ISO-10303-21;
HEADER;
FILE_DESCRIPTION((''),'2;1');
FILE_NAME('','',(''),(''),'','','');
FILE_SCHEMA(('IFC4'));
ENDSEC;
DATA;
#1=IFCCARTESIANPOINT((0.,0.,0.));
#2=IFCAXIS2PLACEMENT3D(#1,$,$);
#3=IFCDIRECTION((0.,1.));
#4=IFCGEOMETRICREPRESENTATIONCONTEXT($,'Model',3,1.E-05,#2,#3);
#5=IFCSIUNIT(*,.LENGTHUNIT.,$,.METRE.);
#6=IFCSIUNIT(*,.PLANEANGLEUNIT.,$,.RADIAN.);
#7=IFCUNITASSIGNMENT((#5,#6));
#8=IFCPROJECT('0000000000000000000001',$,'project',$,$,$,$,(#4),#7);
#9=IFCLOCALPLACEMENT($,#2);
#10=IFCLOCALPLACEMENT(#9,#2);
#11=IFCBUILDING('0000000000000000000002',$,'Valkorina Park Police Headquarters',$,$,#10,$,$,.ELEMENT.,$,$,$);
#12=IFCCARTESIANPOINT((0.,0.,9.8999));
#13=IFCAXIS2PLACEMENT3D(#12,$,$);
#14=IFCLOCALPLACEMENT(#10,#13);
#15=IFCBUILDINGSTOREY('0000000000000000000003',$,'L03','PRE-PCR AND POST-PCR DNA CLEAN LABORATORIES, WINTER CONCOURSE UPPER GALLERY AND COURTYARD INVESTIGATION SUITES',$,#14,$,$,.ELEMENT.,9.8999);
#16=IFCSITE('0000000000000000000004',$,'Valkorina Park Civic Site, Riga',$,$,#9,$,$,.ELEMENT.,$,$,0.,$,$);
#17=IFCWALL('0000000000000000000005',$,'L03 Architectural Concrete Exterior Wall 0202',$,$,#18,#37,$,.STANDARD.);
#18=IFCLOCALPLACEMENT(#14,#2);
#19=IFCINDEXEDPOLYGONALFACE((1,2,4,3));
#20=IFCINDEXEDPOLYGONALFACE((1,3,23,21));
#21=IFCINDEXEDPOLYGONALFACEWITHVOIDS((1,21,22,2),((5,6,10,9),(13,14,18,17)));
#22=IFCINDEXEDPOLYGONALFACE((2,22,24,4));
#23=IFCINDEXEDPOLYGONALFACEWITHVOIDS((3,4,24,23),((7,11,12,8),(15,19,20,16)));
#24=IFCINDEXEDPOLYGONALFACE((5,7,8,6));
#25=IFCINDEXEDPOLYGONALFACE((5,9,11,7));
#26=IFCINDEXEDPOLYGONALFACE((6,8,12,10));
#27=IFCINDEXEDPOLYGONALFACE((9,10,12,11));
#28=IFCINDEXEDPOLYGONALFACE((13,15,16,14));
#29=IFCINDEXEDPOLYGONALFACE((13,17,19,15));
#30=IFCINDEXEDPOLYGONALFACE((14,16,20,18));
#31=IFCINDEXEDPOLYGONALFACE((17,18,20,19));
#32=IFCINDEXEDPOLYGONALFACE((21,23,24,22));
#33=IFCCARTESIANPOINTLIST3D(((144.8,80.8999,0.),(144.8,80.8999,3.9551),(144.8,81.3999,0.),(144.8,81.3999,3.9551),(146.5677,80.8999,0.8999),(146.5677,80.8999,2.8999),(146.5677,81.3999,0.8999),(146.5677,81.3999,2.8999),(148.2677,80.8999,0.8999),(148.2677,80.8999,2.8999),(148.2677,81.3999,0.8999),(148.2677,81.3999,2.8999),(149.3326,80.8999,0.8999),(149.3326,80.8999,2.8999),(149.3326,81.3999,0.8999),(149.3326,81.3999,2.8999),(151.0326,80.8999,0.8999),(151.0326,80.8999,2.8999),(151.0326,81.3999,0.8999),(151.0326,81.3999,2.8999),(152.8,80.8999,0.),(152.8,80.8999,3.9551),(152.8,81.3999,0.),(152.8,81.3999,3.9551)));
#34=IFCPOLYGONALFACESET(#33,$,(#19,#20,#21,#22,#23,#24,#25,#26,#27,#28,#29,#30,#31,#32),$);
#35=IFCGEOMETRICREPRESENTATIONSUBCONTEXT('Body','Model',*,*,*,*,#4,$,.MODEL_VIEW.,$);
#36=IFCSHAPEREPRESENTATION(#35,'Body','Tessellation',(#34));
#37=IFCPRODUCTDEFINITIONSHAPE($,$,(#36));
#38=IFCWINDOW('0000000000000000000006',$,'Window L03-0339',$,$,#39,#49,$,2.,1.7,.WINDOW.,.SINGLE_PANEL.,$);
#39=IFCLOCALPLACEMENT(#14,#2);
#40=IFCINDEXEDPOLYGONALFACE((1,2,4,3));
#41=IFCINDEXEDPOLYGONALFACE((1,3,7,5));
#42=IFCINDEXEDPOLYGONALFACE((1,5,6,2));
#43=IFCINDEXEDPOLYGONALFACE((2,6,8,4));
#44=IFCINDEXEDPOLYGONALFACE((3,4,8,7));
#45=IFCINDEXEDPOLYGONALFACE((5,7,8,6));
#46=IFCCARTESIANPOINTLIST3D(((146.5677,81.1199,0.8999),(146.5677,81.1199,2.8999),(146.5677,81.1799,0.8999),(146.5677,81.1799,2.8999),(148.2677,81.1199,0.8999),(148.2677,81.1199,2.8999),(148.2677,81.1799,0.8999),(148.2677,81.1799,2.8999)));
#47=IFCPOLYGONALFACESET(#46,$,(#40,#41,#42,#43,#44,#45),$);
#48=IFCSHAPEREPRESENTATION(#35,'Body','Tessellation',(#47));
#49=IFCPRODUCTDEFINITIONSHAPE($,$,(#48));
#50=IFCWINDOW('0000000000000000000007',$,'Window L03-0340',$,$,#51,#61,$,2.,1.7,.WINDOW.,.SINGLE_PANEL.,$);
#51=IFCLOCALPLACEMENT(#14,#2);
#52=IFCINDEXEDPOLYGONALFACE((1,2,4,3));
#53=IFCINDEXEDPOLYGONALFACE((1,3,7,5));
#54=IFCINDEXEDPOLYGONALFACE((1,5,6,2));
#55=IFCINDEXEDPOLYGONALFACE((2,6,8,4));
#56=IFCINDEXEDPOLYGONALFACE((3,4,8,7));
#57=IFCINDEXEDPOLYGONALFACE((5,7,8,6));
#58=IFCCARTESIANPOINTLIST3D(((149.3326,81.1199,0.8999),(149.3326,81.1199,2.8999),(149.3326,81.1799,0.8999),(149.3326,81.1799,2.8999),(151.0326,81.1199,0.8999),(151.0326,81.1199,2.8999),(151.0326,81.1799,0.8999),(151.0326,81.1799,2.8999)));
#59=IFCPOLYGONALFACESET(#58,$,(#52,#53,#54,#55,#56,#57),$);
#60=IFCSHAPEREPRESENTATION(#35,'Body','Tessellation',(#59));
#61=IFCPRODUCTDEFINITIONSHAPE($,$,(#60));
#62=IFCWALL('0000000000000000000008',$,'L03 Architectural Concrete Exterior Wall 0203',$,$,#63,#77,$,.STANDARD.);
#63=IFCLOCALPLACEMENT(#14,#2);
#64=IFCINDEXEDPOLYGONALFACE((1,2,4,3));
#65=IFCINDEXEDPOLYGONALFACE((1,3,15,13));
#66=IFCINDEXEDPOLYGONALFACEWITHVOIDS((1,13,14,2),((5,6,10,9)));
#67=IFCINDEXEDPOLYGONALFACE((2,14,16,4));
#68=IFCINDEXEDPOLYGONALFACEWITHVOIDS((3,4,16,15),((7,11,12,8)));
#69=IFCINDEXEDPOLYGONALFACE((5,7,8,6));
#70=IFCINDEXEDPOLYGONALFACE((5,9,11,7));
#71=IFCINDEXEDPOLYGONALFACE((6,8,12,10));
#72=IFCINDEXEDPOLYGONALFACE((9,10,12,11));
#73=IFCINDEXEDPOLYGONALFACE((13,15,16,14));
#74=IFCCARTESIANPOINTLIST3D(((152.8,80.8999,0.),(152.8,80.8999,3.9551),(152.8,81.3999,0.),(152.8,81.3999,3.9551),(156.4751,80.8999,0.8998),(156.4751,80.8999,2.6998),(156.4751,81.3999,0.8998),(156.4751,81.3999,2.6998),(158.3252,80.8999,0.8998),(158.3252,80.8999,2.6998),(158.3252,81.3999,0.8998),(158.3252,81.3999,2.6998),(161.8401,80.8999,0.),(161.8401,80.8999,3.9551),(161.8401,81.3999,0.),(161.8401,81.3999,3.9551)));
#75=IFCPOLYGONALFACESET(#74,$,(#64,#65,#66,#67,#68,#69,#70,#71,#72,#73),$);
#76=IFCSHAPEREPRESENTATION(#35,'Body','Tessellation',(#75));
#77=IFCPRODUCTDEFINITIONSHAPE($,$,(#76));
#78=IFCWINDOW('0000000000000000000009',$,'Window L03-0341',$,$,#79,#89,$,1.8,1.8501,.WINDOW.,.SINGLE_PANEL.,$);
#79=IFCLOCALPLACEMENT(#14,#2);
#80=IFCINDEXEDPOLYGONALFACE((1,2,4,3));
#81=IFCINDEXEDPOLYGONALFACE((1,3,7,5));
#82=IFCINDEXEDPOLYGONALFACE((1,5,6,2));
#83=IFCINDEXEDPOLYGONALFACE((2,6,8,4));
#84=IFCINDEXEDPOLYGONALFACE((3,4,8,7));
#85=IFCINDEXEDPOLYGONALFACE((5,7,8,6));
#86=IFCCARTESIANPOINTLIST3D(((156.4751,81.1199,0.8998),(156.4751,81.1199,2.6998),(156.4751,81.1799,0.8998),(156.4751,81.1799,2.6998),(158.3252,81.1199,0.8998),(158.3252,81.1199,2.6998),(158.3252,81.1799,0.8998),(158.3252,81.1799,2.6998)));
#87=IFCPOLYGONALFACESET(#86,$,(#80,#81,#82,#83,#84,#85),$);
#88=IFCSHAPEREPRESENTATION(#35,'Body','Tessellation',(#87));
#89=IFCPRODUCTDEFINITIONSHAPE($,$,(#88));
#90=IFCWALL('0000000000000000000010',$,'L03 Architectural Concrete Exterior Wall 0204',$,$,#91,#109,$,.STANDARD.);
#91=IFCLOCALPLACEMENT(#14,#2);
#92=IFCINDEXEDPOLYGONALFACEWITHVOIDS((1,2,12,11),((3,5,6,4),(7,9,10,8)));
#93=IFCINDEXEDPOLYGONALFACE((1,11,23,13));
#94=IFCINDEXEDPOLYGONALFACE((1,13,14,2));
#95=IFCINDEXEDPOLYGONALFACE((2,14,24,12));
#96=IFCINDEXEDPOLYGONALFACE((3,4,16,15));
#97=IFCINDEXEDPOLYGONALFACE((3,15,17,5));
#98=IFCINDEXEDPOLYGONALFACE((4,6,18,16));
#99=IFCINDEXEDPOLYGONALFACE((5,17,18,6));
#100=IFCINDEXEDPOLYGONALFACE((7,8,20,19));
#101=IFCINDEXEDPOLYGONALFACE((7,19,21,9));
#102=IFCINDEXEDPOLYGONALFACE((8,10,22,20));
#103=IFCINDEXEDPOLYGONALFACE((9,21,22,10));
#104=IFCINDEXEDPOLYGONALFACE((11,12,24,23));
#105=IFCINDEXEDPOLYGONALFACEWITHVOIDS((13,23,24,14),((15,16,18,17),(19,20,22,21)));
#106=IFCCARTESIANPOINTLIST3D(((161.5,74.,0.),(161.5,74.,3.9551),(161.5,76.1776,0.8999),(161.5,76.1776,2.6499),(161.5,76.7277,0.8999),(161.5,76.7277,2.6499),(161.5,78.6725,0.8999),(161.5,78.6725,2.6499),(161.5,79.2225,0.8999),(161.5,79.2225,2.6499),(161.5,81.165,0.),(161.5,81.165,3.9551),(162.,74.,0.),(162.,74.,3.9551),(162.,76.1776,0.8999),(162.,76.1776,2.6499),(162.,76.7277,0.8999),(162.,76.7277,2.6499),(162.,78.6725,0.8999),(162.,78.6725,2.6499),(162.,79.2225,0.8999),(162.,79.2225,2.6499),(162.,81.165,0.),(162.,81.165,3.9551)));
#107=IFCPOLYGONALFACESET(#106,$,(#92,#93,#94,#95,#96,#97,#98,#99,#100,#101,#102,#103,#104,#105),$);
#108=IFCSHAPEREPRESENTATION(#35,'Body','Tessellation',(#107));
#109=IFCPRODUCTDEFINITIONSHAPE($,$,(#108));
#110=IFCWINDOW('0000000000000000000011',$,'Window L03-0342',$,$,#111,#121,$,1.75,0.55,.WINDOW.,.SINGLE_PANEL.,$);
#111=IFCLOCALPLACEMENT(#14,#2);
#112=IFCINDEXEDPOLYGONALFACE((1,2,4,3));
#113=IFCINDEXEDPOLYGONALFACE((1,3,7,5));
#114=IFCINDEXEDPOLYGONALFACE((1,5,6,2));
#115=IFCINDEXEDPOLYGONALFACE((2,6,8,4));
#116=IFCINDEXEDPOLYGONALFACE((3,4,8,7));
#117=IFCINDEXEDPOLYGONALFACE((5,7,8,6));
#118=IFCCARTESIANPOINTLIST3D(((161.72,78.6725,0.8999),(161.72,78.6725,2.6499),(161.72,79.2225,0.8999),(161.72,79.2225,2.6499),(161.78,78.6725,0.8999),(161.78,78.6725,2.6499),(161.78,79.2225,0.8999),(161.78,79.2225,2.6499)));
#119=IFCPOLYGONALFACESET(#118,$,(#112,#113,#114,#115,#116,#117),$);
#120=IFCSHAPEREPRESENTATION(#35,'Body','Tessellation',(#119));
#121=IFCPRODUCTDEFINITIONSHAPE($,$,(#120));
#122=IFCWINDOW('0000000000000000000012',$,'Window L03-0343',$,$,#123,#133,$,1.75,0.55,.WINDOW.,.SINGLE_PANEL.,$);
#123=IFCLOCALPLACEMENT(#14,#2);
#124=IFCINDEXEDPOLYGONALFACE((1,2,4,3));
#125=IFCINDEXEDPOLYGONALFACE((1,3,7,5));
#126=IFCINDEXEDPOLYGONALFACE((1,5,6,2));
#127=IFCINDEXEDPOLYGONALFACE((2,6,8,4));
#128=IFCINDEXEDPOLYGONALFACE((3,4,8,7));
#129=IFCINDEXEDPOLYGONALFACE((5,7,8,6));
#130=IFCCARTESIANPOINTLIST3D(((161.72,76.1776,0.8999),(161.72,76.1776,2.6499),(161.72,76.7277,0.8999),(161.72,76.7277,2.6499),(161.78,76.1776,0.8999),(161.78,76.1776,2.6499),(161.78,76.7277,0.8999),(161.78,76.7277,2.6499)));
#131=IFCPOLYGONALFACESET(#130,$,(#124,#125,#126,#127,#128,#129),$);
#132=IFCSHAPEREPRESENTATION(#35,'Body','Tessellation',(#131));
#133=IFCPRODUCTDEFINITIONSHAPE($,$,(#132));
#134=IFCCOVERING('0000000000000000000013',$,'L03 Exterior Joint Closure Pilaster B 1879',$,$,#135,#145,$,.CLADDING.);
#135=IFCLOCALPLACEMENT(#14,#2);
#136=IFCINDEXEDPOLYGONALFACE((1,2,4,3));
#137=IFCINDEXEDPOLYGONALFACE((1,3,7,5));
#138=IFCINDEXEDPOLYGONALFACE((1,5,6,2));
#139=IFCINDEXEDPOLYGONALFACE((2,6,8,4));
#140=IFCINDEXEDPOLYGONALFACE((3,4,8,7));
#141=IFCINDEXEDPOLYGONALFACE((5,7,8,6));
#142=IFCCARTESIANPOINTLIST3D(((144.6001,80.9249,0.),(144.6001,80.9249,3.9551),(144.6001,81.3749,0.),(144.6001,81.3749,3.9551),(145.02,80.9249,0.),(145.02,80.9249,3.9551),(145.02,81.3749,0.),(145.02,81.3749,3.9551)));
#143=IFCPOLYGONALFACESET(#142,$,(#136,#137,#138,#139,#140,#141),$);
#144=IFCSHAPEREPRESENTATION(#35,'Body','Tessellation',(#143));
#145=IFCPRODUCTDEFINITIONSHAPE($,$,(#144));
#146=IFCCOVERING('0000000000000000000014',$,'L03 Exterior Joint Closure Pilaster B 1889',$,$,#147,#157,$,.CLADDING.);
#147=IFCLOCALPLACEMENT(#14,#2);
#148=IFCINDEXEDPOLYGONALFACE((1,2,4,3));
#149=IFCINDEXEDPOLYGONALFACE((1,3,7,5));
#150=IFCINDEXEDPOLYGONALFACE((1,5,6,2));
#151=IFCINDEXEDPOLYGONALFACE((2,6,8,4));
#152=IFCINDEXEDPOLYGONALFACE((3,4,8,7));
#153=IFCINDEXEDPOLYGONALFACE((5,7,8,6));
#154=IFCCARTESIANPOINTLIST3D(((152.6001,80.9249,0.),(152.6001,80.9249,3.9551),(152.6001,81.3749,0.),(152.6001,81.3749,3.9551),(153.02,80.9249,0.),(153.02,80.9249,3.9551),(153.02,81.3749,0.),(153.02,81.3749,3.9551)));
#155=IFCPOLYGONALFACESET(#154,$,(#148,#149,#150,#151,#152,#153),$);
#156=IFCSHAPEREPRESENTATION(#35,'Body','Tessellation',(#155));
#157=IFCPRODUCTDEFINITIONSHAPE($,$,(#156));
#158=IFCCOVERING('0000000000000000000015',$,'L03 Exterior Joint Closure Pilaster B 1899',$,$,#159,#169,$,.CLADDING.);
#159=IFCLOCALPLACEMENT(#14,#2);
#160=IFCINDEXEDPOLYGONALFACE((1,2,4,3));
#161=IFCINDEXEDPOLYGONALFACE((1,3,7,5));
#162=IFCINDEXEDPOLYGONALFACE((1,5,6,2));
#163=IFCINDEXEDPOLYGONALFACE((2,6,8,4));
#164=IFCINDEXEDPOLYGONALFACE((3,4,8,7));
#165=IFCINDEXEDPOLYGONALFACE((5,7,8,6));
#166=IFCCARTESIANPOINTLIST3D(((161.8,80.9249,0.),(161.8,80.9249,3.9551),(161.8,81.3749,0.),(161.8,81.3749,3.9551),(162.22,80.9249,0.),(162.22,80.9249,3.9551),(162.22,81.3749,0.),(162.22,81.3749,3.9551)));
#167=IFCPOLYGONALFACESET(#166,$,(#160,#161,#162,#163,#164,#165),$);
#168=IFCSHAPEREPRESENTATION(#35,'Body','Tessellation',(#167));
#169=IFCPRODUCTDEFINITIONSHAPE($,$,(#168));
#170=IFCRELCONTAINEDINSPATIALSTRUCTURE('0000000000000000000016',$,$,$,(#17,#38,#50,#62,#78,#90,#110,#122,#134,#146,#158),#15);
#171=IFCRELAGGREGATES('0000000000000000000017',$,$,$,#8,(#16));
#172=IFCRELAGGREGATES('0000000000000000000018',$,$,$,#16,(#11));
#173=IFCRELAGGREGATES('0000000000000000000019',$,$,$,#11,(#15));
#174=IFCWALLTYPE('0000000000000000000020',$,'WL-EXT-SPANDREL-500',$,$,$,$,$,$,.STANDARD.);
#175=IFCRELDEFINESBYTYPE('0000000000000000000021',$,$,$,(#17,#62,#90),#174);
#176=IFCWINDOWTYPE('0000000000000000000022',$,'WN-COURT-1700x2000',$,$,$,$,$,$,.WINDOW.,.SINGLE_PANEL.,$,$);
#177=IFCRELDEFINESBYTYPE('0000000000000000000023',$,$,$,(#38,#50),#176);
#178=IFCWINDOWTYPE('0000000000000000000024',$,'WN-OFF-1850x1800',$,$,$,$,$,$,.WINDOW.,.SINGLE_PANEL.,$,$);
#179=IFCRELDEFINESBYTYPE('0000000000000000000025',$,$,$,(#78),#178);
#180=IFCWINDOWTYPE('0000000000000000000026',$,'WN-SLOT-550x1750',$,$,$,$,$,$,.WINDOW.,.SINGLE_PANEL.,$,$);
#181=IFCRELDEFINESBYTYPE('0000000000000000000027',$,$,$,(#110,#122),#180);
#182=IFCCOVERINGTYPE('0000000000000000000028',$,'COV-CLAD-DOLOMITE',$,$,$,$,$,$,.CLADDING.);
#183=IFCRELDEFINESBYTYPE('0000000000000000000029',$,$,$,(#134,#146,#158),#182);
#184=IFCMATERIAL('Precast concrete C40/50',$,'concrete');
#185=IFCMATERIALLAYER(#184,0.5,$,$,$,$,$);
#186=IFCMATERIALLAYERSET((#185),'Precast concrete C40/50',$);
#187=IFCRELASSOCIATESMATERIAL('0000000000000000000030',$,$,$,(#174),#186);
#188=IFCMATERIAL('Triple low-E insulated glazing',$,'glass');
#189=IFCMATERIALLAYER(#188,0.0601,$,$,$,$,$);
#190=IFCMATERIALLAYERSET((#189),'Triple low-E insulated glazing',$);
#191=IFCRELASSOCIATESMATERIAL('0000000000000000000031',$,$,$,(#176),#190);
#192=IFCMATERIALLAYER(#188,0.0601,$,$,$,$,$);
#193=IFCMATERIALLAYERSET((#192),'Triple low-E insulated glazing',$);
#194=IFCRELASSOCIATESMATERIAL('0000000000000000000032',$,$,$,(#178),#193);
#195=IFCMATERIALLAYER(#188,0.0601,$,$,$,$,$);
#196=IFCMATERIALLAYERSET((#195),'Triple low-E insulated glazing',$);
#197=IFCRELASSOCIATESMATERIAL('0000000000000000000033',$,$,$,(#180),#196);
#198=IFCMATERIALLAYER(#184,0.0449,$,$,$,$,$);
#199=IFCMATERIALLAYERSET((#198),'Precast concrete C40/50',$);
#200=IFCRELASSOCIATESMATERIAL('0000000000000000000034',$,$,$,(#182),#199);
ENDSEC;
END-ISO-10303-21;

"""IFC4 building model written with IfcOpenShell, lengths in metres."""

from ifc_helpers import new_model, si_unit, direction, frame, frame_2d, origin, origin_2d, place, context, subcontext, project, spatial, rectangle, extrude, material, layer, layer_set, type_object, element, fill, save


model = new_model("IFC4")

# Units and contexts
model_context = context("Model", 3, precision=1e-05, world=origin(), true_north=direction((0.0, 1.0)))
body_context = subcontext(model_context, "Body", "Model", "MODEL_VIEW")
ifc_project = project(units=[si_unit("LENGTHUNIT", "METRE"), si_unit("PLANEANGLEUNIT", "RADIAN")], contexts=[model_context])

# Site, building, storey
site_placement = place(None, origin())
site = spatial("IfcSite", under=ifc_project, at=site_placement, Name="Valkorina Park Civic Site, Riga", CompositionType="ELEMENT", RefElevation=0.0)
building_placement = place(site_placement, origin())
building = spatial("IfcBuilding", under=site, at=building_placement, Name="Valkorina Park Police Headquarters", CompositionType="ELEMENT")
storey_placement = place(building_placement, frame((0.0, 0.0, 9.8999)))
storey = spatial("IfcBuildingStorey", under=building, at=storey_placement, Name="L03", Description="PRE-PCR AND POST-PCR DNA CLEAN LABORATORIES, WINTER CONCOURSE UPPER GALLERY AND COURTYARD INVESTIGATION SUITES", CompositionType="ELEMENT", Elevation=9.8999)

# Wall, openings, windows
ifc_material_1 = material(Name="Precast concrete C40/50", Category="concrete")
ifc_layer_1 = layer(ifc_material_1, 0.5)
ifc_layer_set_1 = layer_set([ifc_layer_1], Name="Precast concrete C40/50")
wall_type = type_object("IfcWallType", Name="WL-EXT-SPANDREL-500", PredefinedType="STANDARD", material=ifc_layer_set_1)
wall_1_placement = place(storey_placement, frame((144.8, 81.1499, 0.0), z_axis=(0.0, 0.0, 1.0), x_axis=(1.0, 0.0, 0.0)))
wall_1 = element("IfcWall", 1, at=wall_1_placement, inside=storey, type_object=wall_type, Name="L03 Architectural Concrete Exterior Wall 0202", PredefinedType="STANDARD", context=body_context, shape_type="SweptSolid", body=[
    extrude(rectangle(XDim=8.0, YDim=0.5, at=frame_2d((4.0, 0.0))), origin(), (0.0, 0.0, 1.0), 3.9551),
])
opening_1_placement = place(wall_1_placement, frame((1.7676, 0.0, 0.8999)))
opening_1 = element("IfcOpeningElement", 2, at=opening_1_placement, cuts=wall_1, PredefinedType="OPENING", context=body_context, shape_type="SweptSolid", body=[
    extrude(rectangle(XDim=1.7, YDim=2.0, at=frame_2d((0.8501, 1.0))), frame((0.0, 0.26, 0.0), z_axis=(0.0, -1.0, 0.0), x_axis=(1.0, 0.0, 0.0)), (0.0, 0.0, 1.0), 0.52),
])
opening_2_placement = place(wall_1_placement, frame((4.5325, 0.0, 0.8999)))
opening_2 = element("IfcOpeningElement", 3, at=opening_2_placement, cuts=wall_1, PredefinedType="OPENING", context=body_context, shape_type="SweptSolid", body=[
    extrude(rectangle(XDim=1.7, YDim=2.0, at=frame_2d((0.8501, 1.0))), frame((0.0, 0.26, 0.0), z_axis=(0.0, -1.0, 0.0), x_axis=(1.0, 0.0, 0.0)), (0.0, 0.0, 1.0), 0.52),
])
ifc_material_2 = material(Name="Triple low-E insulated glazing", Category="glass")
ifc_layer_2 = layer(ifc_material_2, 0.0601)
ifc_layer_set_2 = layer_set([ifc_layer_2], Name="Triple low-E insulated glazing")
window_type_1 = type_object("IfcWindowType", Name="WN-COURT-1700x2000", PartitioningType="SINGLE_PANEL", PredefinedType="WINDOW", material=ifc_layer_set_2)
window_1_placement = place(opening_1_placement, origin())
window_1 = element("IfcWindow", 4, at=window_1_placement, inside=storey, type_object=window_type_1, Name="Window L03-0339", OverallHeight=2.0, OverallWidth=1.7, PartitioningType="SINGLE_PANEL", PredefinedType="WINDOW", context=body_context, shape_type="SweptSolid", body=[
    extrude(rectangle(XDim=1.7, YDim=2.0, at=frame_2d((0.8501, 1.0))), frame((0.0, 0.03, 0.0), z_axis=(0.0, -1.0, 0.0), x_axis=(1.0, 0.0, 0.0)), (0.0, 0.0, 1.0), 0.0601),
])
fill(opening_1, window_1)
window_2_placement = place(opening_2_placement, origin())
window_2 = element("IfcWindow", 5, at=window_2_placement, inside=storey, type_object=window_type_1, Name="Window L03-0340", OverallHeight=2.0, OverallWidth=1.7, PartitioningType="SINGLE_PANEL", PredefinedType="WINDOW", context=body_context, shape_type="SweptSolid", body=[
    extrude(rectangle(XDim=1.7, YDim=2.0, at=frame_2d((0.8501, 1.0))), frame((0.0, 0.03, 0.0), z_axis=(0.0, -1.0, 0.0), x_axis=(1.0, 0.0, 0.0)), (0.0, 0.0, 1.0), 0.0601),
])
fill(opening_2, window_2)

# Wall, opening, window
wall_2_placement = place(storey_placement, frame((152.8, 81.1499, 0.0), z_axis=(0.0, 0.0, 1.0), x_axis=(1.0, 0.0, 0.0)))
wall_2 = element("IfcWall", 6, at=wall_2_placement, inside=storey, type_object=wall_type, Name="L03 Architectural Concrete Exterior Wall 0203", PredefinedType="STANDARD", context=body_context, shape_type="SweptSolid", body=[
    extrude(rectangle(XDim=9.04, YDim=0.5, at=frame_2d((4.52, 0.0))), origin(), (0.0, 0.0, 1.0), 3.9551),
])
opening_3_placement = place(wall_2_placement, frame((3.675, 0.0, 0.8999)))
opening_3 = element("IfcOpeningElement", 7, at=opening_3_placement, cuts=wall_2, PredefinedType="OPENING", context=body_context, shape_type="SweptSolid", body=[
    extrude(rectangle(XDim=1.8501, YDim=1.8, at=frame_2d((0.925, 0.8999))), frame((0.0, 0.26, 0.0), z_axis=(0.0, -1.0, 0.0), x_axis=(1.0, 0.0, 0.0)), (0.0, 0.0, 1.0), 0.52),
])
ifc_layer_3 = layer(ifc_material_2, 0.0601)
ifc_layer_set_3 = layer_set([ifc_layer_3], Name="Triple low-E insulated glazing")
window_type_2 = type_object("IfcWindowType", Name="WN-OFF-1850x1800", PartitioningType="SINGLE_PANEL", PredefinedType="WINDOW", material=ifc_layer_set_3)
window_3_placement = place(opening_3_placement, origin())
window_3 = element("IfcWindow", 8, at=window_3_placement, inside=storey, type_object=window_type_2, Name="Window L03-0341", OverallHeight=1.8, OverallWidth=1.8501, PartitioningType="SINGLE_PANEL", PredefinedType="WINDOW", context=body_context, shape_type="SweptSolid", body=[
    extrude(rectangle(XDim=1.8501, YDim=1.8, at=frame_2d((0.925, 0.8999))), frame((0.0, 0.03, 0.0), z_axis=(0.0, -1.0, 0.0), x_axis=(1.0, 0.0, 0.0)), (0.0, 0.0, 1.0), 0.0601),
])
fill(opening_3, window_3)

# Wall, openings, windows
wall_3_placement = place(storey_placement, frame((161.75, 81.165, 0.0), z_axis=(0.0, 0.0, 1.0), x_axis=(0.0, -1.0, 0.0)))
wall_3 = element("IfcWall", 9, at=wall_3_placement, inside=storey, type_object=wall_type, Name="L03 Architectural Concrete Exterior Wall 0204", PredefinedType="STANDARD", context=body_context, shape_type="SweptSolid", body=[
    extrude(rectangle(XDim=7.165, YDim=0.5, at=frame_2d((3.5825, 0.0))), origin(), (0.0, 0.0, 1.0), 3.9551),
])
opening_4_placement = place(wall_3_placement, frame((1.9426, 0.0, 0.8999)))
opening_4 = element("IfcOpeningElement", 10, at=opening_4_placement, cuts=wall_3, PredefinedType="OPENING", context=body_context, shape_type="SweptSolid", body=[
    extrude(rectangle(XDim=0.55, YDim=1.75, at=frame_2d((0.2749, 0.875))), frame((0.0, 0.26, 0.0), z_axis=(0.0, -1.0, 0.0), x_axis=(1.0, 0.0, 0.0)), (0.0, 0.0, 1.0), 0.52),
])
opening_5_placement = place(wall_3_placement, frame((4.4375, 0.0, 0.8999)))
opening_5 = element("IfcOpeningElement", 11, at=opening_5_placement, cuts=wall_3, PredefinedType="OPENING", context=body_context, shape_type="SweptSolid", body=[
    extrude(rectangle(XDim=0.55, YDim=1.75, at=frame_2d((0.2749, 0.875))), frame((0.0, 0.26, 0.0), z_axis=(0.0, -1.0, 0.0), x_axis=(1.0, 0.0, 0.0)), (0.0, 0.0, 1.0), 0.52),
])
ifc_layer_4 = layer(ifc_material_2, 0.0601)
ifc_layer_set_4 = layer_set([ifc_layer_4], Name="Triple low-E insulated glazing")
window_type_3 = type_object("IfcWindowType", Name="WN-SLOT-550x1750", PartitioningType="SINGLE_PANEL", PredefinedType="WINDOW", material=ifc_layer_set_4)
window_4_placement = place(opening_4_placement, origin())
window_4 = element("IfcWindow", 12, at=window_4_placement, inside=storey, type_object=window_type_3, Name="Window L03-0342", OverallHeight=1.75, OverallWidth=0.55, PartitioningType="SINGLE_PANEL", PredefinedType="WINDOW", context=body_context, shape_type="SweptSolid", body=[
    extrude(rectangle(XDim=0.55, YDim=1.75, at=frame_2d((0.2749, 0.875))), frame((0.0, 0.03, 0.0), z_axis=(0.0, -1.0, 0.0), x_axis=(1.0, 0.0, 0.0)), (0.0, 0.0, 1.0), 0.0601),
])
fill(opening_4, window_4)
window_5_placement = place(opening_5_placement, origin())
window_5 = element("IfcWindow", 13, at=window_5_placement, inside=storey, type_object=window_type_3, Name="Window L03-0343", OverallHeight=1.75, OverallWidth=0.55, PartitioningType="SINGLE_PANEL", PredefinedType="WINDOW", context=body_context, shape_type="SweptSolid", body=[
    extrude(rectangle(XDim=0.55, YDim=1.75, at=frame_2d((0.2749, 0.875))), frame((0.0, 0.03, 0.0), z_axis=(0.0, -1.0, 0.0), x_axis=(1.0, 0.0, 0.0)), (0.0, 0.0, 1.0), 0.0601),
])
fill(opening_5, window_5)

# Coverings
ifc_layer_5 = layer(ifc_material_1, 0.0449)
ifc_layer_set_5 = layer_set([ifc_layer_5], Name="Precast concrete C40/50")
covering_type = type_object("IfcCoveringType", Name="COV-CLAD-DOLOMITE", PredefinedType="CLADDING", material=ifc_layer_set_5)
for number, where, z_axis, x_axis, name in (
    (14, (144.8101, 81.1499, 0.0), (0.0, 0.0, 1.0), (1.0, 0.0, 0.0), "L03 Exterior Joint Closure Pilaster B 1879"),
    (15, (152.8101, 81.1499, 0.0), (0.0, 0.0, 1.0), (1.0, 0.0, 0.0), "L03 Exterior Joint Closure Pilaster B 1889"),
    (16, (162.01, 81.1499, 0.0), (0.0, 0.0, 1.0), (1.0, 0.0, 0.0), "L03 Exterior Joint Closure Pilaster B 1899"),
):
    element("IfcCovering", number, at=place(storey_placement, frame(where, z_axis=z_axis, x_axis=x_axis)), inside=storey, type_object=covering_type, Name=name, PredefinedType="CLADDING", context=body_context, shape_type="SweptSolid", body=[
        extrude(rectangle(XDim=0.4199, YDim=0.45, at=origin_2d()), origin(), (0.0, 0.0, 1.0), 3.9551),
    ])

save(model, "model.ifc")
